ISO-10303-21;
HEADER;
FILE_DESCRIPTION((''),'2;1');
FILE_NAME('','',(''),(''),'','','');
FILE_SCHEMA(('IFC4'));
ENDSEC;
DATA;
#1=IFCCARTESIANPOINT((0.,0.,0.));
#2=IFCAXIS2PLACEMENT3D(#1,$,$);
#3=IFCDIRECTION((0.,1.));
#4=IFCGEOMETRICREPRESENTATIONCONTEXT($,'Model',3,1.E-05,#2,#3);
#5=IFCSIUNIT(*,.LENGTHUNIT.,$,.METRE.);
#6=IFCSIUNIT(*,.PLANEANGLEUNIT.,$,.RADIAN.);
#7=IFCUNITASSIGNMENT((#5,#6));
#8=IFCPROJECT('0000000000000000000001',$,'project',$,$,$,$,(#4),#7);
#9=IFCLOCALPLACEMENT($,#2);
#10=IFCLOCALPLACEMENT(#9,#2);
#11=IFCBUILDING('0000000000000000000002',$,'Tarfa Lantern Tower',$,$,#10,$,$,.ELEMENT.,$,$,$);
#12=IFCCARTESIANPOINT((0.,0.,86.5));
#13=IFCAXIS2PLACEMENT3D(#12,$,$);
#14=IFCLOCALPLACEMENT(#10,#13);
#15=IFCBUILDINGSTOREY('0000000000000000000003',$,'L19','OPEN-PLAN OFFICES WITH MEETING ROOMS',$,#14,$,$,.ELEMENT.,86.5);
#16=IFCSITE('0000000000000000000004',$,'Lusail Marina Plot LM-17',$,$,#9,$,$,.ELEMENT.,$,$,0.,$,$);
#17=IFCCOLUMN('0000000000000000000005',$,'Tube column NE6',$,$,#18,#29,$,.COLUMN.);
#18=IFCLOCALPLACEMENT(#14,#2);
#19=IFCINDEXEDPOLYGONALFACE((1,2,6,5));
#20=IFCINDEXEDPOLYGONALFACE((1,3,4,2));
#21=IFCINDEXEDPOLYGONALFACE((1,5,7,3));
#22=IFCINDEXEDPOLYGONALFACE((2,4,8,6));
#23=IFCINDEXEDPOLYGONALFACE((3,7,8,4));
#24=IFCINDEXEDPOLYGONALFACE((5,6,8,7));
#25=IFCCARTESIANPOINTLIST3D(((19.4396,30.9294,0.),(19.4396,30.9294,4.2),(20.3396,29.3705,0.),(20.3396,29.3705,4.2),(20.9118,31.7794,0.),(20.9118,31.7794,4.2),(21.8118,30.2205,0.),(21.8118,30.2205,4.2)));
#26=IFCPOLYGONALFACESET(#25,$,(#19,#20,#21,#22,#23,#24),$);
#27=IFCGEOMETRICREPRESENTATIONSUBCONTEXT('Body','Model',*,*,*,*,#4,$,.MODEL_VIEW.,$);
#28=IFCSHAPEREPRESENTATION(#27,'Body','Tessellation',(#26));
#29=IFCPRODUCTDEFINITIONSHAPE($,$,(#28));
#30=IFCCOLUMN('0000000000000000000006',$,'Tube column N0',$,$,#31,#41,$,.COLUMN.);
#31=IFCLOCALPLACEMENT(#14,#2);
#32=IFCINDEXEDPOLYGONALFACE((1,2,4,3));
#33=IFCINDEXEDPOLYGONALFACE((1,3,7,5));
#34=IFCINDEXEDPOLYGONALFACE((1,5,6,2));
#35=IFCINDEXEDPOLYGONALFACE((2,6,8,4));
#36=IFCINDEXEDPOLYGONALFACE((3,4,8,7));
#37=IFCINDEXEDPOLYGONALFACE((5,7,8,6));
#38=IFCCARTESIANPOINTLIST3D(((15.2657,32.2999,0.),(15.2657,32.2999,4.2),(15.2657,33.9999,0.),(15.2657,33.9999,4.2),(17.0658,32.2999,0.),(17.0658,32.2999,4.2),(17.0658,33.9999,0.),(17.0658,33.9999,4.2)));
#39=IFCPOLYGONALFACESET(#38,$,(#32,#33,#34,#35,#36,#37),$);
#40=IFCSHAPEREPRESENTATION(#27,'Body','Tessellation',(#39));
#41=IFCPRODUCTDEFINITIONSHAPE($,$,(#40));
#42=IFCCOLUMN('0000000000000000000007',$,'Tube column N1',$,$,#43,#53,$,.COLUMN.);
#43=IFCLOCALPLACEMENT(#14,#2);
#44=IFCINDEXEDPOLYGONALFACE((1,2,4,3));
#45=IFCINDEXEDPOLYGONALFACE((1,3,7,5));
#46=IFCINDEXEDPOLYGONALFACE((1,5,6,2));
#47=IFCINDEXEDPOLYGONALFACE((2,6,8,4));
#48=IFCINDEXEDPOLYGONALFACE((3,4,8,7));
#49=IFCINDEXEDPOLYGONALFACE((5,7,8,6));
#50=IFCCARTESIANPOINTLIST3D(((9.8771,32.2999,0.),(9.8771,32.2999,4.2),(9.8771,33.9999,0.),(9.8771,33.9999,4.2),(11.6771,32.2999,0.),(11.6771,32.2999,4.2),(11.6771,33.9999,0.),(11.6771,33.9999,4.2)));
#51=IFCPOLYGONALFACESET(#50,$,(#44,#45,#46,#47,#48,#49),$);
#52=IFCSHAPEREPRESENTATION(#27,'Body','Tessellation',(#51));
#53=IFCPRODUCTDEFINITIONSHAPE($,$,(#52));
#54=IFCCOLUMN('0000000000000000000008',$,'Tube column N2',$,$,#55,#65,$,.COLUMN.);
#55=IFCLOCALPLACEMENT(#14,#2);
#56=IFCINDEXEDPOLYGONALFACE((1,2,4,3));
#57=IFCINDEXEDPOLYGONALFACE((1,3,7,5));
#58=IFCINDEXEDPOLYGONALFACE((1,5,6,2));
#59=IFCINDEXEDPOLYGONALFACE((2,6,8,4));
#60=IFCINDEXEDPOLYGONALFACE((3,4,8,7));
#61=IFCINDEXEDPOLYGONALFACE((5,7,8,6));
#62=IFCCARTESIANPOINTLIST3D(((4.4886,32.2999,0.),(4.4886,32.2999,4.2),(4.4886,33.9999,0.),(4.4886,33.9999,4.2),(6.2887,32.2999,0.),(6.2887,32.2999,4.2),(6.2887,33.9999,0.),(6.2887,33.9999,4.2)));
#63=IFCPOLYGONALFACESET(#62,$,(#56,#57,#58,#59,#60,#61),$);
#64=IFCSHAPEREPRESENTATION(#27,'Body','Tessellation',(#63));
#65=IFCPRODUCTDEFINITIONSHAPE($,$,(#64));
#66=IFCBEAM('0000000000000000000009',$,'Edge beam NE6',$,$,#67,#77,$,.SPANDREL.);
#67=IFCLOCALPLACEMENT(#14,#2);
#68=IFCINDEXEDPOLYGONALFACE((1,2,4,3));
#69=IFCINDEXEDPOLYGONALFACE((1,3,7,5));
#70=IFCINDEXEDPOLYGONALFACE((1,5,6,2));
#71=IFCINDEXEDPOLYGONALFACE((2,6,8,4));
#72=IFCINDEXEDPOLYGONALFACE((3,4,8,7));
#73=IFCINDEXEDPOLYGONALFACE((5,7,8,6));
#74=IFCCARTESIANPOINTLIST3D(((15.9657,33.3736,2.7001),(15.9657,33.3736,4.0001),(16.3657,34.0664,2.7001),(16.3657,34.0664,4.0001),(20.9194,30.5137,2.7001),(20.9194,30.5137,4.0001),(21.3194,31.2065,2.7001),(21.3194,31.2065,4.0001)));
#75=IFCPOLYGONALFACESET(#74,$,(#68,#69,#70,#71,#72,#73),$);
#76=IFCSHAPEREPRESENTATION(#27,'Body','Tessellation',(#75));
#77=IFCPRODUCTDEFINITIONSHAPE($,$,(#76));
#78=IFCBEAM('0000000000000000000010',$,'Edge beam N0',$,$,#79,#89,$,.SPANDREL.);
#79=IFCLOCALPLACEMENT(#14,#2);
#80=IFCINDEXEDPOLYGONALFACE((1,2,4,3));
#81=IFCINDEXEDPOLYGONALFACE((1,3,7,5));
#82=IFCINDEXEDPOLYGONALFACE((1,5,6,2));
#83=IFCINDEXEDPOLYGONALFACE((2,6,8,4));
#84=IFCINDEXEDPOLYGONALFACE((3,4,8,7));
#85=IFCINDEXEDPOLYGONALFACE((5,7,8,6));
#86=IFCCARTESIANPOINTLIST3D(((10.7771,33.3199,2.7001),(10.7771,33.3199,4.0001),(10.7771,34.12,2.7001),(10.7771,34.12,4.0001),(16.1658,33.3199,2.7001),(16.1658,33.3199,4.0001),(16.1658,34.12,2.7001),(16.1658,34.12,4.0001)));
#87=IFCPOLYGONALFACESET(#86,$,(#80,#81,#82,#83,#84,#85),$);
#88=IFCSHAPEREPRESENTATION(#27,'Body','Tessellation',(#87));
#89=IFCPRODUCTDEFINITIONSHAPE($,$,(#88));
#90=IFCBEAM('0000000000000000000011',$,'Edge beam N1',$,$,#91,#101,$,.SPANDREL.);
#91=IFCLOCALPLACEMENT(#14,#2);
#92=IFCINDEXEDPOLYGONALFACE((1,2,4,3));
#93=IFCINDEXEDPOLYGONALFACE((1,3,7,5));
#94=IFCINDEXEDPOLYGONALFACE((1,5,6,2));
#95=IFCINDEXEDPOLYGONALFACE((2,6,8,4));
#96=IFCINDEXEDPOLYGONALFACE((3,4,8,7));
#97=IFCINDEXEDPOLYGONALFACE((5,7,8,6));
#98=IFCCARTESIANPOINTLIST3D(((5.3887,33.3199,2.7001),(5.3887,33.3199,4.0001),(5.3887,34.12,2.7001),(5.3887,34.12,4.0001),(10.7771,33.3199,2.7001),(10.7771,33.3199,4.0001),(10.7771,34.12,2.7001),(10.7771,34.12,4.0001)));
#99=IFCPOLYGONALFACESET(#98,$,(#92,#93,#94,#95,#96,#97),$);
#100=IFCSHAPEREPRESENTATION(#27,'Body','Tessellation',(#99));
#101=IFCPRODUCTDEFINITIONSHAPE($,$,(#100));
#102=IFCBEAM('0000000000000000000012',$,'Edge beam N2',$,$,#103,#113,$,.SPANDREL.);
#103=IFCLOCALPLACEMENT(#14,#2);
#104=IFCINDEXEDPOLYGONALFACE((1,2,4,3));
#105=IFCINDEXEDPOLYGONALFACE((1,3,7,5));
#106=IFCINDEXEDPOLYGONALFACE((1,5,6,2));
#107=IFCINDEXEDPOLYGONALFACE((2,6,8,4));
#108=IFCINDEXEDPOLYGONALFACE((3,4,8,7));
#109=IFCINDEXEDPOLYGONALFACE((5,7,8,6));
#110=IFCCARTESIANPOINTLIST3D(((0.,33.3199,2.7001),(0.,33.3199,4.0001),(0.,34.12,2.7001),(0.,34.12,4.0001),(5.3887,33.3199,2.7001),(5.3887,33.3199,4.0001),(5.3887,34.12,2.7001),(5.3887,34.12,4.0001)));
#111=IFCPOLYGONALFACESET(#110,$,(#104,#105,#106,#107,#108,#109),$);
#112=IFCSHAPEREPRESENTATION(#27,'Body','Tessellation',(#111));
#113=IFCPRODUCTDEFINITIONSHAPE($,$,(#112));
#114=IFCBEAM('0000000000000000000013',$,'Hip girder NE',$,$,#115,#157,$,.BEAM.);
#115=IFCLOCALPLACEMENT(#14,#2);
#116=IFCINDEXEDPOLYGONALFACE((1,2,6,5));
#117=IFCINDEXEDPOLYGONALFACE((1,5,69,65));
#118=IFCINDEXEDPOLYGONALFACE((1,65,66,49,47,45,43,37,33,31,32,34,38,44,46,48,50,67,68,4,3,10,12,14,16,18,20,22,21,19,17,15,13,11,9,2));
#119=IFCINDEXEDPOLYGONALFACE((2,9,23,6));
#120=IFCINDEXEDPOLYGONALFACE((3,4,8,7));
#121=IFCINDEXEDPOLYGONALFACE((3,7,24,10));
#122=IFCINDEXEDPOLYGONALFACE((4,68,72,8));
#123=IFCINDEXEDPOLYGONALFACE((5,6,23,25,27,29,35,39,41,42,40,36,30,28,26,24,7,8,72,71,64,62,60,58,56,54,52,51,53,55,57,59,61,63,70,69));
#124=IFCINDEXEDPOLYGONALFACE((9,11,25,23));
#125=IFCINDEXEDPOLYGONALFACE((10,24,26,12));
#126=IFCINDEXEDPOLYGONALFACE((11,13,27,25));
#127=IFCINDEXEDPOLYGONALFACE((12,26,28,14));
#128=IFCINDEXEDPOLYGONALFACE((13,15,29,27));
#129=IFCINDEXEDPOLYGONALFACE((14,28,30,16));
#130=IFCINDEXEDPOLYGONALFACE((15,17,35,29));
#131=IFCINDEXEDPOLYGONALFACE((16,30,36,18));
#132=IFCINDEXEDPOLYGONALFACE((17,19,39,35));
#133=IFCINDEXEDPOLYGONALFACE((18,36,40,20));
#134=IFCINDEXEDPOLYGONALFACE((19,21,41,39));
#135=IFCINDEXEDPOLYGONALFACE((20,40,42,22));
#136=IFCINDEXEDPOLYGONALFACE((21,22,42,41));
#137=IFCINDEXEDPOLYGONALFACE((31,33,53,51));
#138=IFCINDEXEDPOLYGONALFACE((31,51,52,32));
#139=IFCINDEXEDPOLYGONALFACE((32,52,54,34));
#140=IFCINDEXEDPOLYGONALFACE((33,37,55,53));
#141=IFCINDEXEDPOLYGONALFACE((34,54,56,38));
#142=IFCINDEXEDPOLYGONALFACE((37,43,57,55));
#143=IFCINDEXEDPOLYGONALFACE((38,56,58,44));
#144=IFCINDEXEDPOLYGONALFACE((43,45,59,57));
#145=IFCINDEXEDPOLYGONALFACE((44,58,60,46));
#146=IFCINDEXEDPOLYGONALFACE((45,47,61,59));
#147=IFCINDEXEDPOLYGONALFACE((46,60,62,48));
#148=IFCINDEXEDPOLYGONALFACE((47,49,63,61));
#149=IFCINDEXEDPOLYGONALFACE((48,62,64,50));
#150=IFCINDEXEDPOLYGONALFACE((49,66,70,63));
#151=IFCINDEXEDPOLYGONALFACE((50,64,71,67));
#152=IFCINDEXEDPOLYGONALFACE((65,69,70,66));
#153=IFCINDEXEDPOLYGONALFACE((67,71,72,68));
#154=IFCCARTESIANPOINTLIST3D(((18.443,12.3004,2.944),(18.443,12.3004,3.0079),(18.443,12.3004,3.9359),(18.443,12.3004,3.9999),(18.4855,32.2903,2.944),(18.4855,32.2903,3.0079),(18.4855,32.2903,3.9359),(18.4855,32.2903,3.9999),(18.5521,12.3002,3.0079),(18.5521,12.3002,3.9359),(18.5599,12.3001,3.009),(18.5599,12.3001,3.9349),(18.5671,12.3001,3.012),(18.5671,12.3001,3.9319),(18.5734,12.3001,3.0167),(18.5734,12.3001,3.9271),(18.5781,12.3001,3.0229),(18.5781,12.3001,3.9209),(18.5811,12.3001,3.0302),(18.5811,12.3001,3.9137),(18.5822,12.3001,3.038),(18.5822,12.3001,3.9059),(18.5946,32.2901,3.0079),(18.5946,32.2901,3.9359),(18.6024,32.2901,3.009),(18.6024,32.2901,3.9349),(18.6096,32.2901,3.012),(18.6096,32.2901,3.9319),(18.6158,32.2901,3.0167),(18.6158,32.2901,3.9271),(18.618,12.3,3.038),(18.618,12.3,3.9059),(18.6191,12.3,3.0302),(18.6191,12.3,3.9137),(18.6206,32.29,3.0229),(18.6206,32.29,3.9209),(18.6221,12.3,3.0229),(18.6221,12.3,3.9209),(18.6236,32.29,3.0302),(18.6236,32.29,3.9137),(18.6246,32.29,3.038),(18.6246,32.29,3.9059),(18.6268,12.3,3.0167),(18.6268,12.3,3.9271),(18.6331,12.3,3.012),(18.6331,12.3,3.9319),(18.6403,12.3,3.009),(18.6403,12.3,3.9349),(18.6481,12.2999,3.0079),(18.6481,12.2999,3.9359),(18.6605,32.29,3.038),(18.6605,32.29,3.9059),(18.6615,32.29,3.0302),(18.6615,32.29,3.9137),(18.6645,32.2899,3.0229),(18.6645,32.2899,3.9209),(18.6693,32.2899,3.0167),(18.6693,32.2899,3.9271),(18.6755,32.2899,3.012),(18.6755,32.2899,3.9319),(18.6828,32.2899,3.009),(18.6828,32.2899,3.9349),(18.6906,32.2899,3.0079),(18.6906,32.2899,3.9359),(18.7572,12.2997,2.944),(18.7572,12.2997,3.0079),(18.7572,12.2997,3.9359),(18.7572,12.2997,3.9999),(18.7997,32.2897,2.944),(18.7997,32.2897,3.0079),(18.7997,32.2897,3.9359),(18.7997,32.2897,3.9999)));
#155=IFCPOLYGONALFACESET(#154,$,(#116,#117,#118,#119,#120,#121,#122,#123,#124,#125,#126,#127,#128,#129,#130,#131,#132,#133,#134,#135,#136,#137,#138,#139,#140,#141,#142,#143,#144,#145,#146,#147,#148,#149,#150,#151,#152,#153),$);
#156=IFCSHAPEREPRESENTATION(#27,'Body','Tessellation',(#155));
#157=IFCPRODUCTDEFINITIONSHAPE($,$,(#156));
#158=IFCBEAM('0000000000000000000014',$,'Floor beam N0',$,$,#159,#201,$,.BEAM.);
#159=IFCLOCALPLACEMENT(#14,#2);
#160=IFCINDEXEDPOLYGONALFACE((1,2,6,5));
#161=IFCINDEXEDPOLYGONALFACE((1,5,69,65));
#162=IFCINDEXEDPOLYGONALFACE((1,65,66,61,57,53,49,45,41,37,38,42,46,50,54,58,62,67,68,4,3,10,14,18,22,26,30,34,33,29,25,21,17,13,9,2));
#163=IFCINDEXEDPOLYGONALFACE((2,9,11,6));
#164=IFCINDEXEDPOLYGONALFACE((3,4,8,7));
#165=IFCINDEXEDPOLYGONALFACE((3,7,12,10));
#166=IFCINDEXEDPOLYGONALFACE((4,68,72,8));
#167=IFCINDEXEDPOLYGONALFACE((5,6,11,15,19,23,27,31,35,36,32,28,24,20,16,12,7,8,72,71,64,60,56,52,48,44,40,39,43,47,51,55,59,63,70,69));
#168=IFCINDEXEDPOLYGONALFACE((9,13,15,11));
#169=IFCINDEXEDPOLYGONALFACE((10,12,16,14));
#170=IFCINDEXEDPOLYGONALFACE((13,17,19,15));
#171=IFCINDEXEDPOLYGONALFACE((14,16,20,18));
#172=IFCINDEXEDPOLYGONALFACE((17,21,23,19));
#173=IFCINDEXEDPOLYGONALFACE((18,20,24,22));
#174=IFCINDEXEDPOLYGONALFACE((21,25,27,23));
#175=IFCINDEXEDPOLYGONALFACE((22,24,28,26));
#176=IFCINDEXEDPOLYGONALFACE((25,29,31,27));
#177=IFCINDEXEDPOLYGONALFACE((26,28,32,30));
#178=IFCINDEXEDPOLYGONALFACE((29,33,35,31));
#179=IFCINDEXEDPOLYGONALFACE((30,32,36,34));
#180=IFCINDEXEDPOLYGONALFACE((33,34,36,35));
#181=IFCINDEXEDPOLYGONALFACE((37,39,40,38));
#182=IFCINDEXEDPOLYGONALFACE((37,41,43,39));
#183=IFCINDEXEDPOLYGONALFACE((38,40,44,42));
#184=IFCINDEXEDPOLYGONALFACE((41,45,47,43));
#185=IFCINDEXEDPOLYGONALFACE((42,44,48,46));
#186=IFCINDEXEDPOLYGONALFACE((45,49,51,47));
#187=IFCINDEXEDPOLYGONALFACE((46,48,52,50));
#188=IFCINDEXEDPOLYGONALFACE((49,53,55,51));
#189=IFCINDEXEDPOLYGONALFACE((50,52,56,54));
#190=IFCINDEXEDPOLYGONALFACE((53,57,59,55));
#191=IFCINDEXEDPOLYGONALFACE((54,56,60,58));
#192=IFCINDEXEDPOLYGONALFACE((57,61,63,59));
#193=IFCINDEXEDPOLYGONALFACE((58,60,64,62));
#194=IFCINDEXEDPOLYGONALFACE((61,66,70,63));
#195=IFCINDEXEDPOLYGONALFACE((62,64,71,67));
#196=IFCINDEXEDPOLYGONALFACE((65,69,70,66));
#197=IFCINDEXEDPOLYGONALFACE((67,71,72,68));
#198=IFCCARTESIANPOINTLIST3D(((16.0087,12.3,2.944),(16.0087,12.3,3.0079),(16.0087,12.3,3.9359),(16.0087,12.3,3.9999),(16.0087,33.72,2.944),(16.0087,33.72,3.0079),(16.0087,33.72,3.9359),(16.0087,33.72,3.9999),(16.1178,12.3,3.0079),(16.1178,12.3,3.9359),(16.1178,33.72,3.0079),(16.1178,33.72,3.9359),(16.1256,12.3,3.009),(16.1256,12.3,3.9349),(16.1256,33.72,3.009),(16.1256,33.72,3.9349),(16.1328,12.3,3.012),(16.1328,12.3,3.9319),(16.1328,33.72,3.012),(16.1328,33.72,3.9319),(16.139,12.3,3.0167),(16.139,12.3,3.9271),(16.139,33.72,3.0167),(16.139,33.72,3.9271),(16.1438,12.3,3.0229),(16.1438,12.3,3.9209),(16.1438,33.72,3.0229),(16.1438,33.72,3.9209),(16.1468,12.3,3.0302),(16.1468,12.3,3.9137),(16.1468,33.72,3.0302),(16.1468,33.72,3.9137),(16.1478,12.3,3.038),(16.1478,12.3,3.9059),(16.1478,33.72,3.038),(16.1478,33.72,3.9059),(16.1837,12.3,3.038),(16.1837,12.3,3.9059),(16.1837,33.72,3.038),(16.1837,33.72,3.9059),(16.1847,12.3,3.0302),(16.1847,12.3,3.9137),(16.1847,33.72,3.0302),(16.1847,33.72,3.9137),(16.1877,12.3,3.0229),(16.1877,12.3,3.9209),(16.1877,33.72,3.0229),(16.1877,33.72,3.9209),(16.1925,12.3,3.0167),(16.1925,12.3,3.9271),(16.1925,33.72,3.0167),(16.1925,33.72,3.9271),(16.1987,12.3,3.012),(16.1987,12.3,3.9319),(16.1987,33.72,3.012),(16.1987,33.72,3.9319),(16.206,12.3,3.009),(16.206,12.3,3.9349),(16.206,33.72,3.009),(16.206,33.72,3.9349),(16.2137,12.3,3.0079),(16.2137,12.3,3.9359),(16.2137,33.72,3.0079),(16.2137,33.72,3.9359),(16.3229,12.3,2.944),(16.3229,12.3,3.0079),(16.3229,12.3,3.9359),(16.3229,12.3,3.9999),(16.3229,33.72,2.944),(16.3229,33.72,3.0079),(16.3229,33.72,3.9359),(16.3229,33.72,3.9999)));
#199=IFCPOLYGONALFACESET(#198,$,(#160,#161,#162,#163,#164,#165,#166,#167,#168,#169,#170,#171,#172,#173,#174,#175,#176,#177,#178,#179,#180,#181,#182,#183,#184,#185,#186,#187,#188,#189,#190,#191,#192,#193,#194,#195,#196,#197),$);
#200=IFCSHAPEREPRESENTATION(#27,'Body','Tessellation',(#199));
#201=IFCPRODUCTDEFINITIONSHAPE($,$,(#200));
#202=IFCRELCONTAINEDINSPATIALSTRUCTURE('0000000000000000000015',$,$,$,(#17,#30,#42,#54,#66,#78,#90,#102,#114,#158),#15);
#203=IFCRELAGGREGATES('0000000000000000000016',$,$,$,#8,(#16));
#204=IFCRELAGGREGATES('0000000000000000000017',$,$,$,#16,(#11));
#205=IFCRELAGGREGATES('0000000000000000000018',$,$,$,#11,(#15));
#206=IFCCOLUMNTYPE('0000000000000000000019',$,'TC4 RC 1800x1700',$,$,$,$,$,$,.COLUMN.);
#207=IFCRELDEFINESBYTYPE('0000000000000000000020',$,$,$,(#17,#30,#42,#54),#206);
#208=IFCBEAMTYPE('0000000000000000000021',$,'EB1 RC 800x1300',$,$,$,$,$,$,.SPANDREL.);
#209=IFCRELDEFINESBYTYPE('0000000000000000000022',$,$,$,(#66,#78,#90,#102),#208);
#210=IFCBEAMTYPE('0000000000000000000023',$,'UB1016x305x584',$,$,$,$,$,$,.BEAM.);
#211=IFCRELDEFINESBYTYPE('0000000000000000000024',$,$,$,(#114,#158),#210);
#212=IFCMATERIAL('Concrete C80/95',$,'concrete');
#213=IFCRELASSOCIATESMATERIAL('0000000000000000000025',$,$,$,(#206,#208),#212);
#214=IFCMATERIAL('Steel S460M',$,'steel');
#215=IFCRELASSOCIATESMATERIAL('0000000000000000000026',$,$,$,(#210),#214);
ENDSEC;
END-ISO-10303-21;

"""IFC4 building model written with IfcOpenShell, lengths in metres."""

from ifc_helpers import new_model, si_unit, direction, frame, origin, origin_2d, place, context, subcontext, project, spatial, rectangle, i_section, extrude, material, material_profile, profile_set, type_object, element, save


model = new_model("IFC4")

# Units and contexts
model_context = context("Model", 3, precision=1e-05, world=origin(), true_north=direction((0.0, 1.0)))
body_context = subcontext(model_context, "Body", "Model", "MODEL_VIEW")
ifc_project = project(units=[si_unit("LENGTHUNIT", "METRE"), si_unit("PLANEANGLEUNIT", "RADIAN")], contexts=[model_context])

# Site, building, storey
site_placement = place(None, origin())
site = spatial("IfcSite", under=ifc_project, at=site_placement, Name="Lusail Marina Plot LM-17", CompositionType="ELEMENT", RefElevation=0.0)
building_placement = place(site_placement, origin())
building = spatial("IfcBuilding", under=site, at=building_placement, Name="Tarfa Lantern Tower", CompositionType="ELEMENT")
storey_placement = place(building_placement, frame((0.0, 0.0, 86.5)))
storey = spatial("IfcBuildingStorey", under=building, at=storey_placement, Name="L19", Description="OPEN-PLAN OFFICES WITH MEETING ROOMS", CompositionType="ELEMENT", Elevation=86.5)

# Columns
ifc_material_1 = material(Name="Concrete C80/95", Category="concrete")
ifc_material_profile_1 = material_profile(ifc_material_1, rectangle(XDim=1.8, YDim=1.7, at=origin_2d()), Name="RC 1800x1700")
ifc_profile_set_1 = profile_set([ifc_material_profile_1], Name="Concrete C80/95")
column_type = type_object("IfcColumnType", Name="TC4 RC 1800x1700", PredefinedType="COLUMN", material=ifc_profile_set_1)
for number, where, z_axis, x_axis, name in (
    (1, (20.6257, 30.575, 0.0), (0.0, 0.0, 1.0), (-0.5, 0.866025, 0.0), "Tube column NE6"),
    (2, (16.1658, 33.1499, 0.0), (0.0, 0.0, 1.0), (-1.0, 0.0, 0.0), "Tube column N0"),
    (3, (10.7771, 33.1499, 0.0), (0.0, 0.0, 1.0), (-1.0, 0.0, 0.0), "Tube column N1"),
    (4, (5.3887, 33.1499, 0.0), (0.0, 0.0, 1.0), (-1.0, 0.0, 0.0), "Tube column N2"),
):
    element("IfcColumn", number, at=place(storey_placement, frame(where, z_axis=z_axis, x_axis=x_axis)), inside=storey, type_object=column_type, Name=name, PredefinedType="COLUMN", context=body_context, shape_type="SweptSolid", body=[
        extrude(rectangle(XDim=1.8, YDim=1.7, at=origin_2d()), origin(), (0.0, 0.0, 1.0), 4.2),
    ])

# Beams
ifc_material_profile_2 = material_profile(ifc_material_1, rectangle(XDim=0.8, YDim=1.3, at=origin_2d()), Name="RC 800x1300")
ifc_profile_set_2 = profile_set([ifc_material_profile_2], Name="Concrete C80/95")
beam_type_1 = type_object("IfcBeamType", Name="EB1 RC 800x1300", PredefinedType="SPANDREL", material=ifc_profile_set_2)
beam_1_placement = place(storey_placement, frame((21.1194, 30.8601, 3.3501), z_axis=(-0.866033, 0.499986, 0.0), x_axis=(-0.499986, -0.866033, 0.0)))
element("IfcBeam", 5, at=beam_1_placement, inside=storey, type_object=beam_type_1, Name="Edge beam NE6", PredefinedType="SPANDREL", context=body_context, shape_type="SweptSolid", body=[
    extrude(rectangle(XDim=0.8, YDim=1.3, at=origin_2d()), origin(), (0.0, 0.0, 1.0), 5.72),
])
beam_2_placement = place(storey_placement, frame((16.1658, 33.72, 3.3501), z_axis=(-1.0, 0.0, 0.0), x_axis=(0.0, -1.0, 0.0)))
element("IfcBeam", 6, at=beam_2_placement, inside=storey, type_object=beam_type_1, Name="Edge beam N0", PredefinedType="SPANDREL", context=body_context, shape_type="SweptSolid", body=[
    extrude(rectangle(XDim=0.8, YDim=1.3, at=origin_2d()), origin(), (0.0, 0.0, 1.0), 5.3887),
])
beam_3_placement = place(storey_placement, frame((10.7771, 33.72, 3.3501), z_axis=(-1.0, 0.0, 0.0), x_axis=(0.0, -1.0, 0.0)))
element("IfcBeam", 7, at=beam_3_placement, inside=storey, type_object=beam_type_1, Name="Edge beam N1", PredefinedType="SPANDREL", context=body_context, shape_type="SweptSolid", body=[
    extrude(rectangle(XDim=0.8, YDim=1.3, at=origin_2d()), origin(), (0.0, 0.0, 1.0), 5.3884),
])
beam_4_placement = place(storey_placement, frame((5.3887, 33.72, 3.3501), z_axis=(-1.0, 0.0, 0.0), x_axis=(0.0, -1.0, 0.0)))
element("IfcBeam", 8, at=beam_4_placement, inside=storey, type_object=beam_type_1, Name="Edge beam N2", PredefinedType="SPANDREL", context=body_context, shape_type="SweptSolid", body=[
    extrude(rectangle(XDim=0.8, YDim=1.3, at=origin_2d()), origin(), (0.0, 0.0, 1.0), 5.3887),
])
ifc_material_2 = material(Name="Steel S460M", Category="steel")
ifc_material_profile_3 = material_profile(ifc_material_2, i_section(OverallWidth=0.3142, OverallDepth=1.0559, WebThickness=0.0359, FlangeThickness=0.064, FilletRadius=0.03, at=origin_2d()), Name="UB1016x305x584")
ifc_profile_set_3 = profile_set([ifc_material_profile_3], Name="Steel S460M")
beam_type_2 = type_object("IfcBeamType", Name="UB1016x305x584", PredefinedType="BEAM", material=ifc_profile_set_3)
beam_5_placement = place(storey_placement, frame((18.6001, 12.3, 3.4719), z_axis=(0.002125, 0.999998, 0.0), x_axis=(-0.999998, 0.002125, 0.0)))
element("IfcBeam", 9, at=beam_5_placement, inside=storey, type_object=beam_type_2, Name="Hip girder NE", PredefinedType="BEAM", context=body_context, shape_type="SweptSolid", body=[
    extrude(i_section(OverallWidth=0.3142, OverallDepth=1.0559, WebThickness=0.0359, FlangeThickness=0.064, FilletRadius=0.03, at=origin_2d()), origin(), (0.0, 0.0, 1.0), 19.99),
])
for number, where, z_axis, x_axis, name in (
    (10, (16.1658, 33.72, 3.4719), (0.0, -1.0, 0.0), (1.0, 0.0, 0.0), "Floor beam N0"),
):
    element("IfcBeam", number, at=place(storey_placement, frame(where, z_axis=z_axis, x_axis=x_axis)), inside=storey, type_object=beam_type_2, Name=name, PredefinedType="BEAM", context=body_context, shape_type="SweptSolid", body=[
        extrude(i_section(OverallWidth=0.3142, OverallDepth=1.0559, WebThickness=0.0359, FlangeThickness=0.064, FilletRadius=0.03, at=origin_2d()), origin(), (0.0, 0.0, 1.0), 21.4199),
    ])

save(model, "model.ifc")
